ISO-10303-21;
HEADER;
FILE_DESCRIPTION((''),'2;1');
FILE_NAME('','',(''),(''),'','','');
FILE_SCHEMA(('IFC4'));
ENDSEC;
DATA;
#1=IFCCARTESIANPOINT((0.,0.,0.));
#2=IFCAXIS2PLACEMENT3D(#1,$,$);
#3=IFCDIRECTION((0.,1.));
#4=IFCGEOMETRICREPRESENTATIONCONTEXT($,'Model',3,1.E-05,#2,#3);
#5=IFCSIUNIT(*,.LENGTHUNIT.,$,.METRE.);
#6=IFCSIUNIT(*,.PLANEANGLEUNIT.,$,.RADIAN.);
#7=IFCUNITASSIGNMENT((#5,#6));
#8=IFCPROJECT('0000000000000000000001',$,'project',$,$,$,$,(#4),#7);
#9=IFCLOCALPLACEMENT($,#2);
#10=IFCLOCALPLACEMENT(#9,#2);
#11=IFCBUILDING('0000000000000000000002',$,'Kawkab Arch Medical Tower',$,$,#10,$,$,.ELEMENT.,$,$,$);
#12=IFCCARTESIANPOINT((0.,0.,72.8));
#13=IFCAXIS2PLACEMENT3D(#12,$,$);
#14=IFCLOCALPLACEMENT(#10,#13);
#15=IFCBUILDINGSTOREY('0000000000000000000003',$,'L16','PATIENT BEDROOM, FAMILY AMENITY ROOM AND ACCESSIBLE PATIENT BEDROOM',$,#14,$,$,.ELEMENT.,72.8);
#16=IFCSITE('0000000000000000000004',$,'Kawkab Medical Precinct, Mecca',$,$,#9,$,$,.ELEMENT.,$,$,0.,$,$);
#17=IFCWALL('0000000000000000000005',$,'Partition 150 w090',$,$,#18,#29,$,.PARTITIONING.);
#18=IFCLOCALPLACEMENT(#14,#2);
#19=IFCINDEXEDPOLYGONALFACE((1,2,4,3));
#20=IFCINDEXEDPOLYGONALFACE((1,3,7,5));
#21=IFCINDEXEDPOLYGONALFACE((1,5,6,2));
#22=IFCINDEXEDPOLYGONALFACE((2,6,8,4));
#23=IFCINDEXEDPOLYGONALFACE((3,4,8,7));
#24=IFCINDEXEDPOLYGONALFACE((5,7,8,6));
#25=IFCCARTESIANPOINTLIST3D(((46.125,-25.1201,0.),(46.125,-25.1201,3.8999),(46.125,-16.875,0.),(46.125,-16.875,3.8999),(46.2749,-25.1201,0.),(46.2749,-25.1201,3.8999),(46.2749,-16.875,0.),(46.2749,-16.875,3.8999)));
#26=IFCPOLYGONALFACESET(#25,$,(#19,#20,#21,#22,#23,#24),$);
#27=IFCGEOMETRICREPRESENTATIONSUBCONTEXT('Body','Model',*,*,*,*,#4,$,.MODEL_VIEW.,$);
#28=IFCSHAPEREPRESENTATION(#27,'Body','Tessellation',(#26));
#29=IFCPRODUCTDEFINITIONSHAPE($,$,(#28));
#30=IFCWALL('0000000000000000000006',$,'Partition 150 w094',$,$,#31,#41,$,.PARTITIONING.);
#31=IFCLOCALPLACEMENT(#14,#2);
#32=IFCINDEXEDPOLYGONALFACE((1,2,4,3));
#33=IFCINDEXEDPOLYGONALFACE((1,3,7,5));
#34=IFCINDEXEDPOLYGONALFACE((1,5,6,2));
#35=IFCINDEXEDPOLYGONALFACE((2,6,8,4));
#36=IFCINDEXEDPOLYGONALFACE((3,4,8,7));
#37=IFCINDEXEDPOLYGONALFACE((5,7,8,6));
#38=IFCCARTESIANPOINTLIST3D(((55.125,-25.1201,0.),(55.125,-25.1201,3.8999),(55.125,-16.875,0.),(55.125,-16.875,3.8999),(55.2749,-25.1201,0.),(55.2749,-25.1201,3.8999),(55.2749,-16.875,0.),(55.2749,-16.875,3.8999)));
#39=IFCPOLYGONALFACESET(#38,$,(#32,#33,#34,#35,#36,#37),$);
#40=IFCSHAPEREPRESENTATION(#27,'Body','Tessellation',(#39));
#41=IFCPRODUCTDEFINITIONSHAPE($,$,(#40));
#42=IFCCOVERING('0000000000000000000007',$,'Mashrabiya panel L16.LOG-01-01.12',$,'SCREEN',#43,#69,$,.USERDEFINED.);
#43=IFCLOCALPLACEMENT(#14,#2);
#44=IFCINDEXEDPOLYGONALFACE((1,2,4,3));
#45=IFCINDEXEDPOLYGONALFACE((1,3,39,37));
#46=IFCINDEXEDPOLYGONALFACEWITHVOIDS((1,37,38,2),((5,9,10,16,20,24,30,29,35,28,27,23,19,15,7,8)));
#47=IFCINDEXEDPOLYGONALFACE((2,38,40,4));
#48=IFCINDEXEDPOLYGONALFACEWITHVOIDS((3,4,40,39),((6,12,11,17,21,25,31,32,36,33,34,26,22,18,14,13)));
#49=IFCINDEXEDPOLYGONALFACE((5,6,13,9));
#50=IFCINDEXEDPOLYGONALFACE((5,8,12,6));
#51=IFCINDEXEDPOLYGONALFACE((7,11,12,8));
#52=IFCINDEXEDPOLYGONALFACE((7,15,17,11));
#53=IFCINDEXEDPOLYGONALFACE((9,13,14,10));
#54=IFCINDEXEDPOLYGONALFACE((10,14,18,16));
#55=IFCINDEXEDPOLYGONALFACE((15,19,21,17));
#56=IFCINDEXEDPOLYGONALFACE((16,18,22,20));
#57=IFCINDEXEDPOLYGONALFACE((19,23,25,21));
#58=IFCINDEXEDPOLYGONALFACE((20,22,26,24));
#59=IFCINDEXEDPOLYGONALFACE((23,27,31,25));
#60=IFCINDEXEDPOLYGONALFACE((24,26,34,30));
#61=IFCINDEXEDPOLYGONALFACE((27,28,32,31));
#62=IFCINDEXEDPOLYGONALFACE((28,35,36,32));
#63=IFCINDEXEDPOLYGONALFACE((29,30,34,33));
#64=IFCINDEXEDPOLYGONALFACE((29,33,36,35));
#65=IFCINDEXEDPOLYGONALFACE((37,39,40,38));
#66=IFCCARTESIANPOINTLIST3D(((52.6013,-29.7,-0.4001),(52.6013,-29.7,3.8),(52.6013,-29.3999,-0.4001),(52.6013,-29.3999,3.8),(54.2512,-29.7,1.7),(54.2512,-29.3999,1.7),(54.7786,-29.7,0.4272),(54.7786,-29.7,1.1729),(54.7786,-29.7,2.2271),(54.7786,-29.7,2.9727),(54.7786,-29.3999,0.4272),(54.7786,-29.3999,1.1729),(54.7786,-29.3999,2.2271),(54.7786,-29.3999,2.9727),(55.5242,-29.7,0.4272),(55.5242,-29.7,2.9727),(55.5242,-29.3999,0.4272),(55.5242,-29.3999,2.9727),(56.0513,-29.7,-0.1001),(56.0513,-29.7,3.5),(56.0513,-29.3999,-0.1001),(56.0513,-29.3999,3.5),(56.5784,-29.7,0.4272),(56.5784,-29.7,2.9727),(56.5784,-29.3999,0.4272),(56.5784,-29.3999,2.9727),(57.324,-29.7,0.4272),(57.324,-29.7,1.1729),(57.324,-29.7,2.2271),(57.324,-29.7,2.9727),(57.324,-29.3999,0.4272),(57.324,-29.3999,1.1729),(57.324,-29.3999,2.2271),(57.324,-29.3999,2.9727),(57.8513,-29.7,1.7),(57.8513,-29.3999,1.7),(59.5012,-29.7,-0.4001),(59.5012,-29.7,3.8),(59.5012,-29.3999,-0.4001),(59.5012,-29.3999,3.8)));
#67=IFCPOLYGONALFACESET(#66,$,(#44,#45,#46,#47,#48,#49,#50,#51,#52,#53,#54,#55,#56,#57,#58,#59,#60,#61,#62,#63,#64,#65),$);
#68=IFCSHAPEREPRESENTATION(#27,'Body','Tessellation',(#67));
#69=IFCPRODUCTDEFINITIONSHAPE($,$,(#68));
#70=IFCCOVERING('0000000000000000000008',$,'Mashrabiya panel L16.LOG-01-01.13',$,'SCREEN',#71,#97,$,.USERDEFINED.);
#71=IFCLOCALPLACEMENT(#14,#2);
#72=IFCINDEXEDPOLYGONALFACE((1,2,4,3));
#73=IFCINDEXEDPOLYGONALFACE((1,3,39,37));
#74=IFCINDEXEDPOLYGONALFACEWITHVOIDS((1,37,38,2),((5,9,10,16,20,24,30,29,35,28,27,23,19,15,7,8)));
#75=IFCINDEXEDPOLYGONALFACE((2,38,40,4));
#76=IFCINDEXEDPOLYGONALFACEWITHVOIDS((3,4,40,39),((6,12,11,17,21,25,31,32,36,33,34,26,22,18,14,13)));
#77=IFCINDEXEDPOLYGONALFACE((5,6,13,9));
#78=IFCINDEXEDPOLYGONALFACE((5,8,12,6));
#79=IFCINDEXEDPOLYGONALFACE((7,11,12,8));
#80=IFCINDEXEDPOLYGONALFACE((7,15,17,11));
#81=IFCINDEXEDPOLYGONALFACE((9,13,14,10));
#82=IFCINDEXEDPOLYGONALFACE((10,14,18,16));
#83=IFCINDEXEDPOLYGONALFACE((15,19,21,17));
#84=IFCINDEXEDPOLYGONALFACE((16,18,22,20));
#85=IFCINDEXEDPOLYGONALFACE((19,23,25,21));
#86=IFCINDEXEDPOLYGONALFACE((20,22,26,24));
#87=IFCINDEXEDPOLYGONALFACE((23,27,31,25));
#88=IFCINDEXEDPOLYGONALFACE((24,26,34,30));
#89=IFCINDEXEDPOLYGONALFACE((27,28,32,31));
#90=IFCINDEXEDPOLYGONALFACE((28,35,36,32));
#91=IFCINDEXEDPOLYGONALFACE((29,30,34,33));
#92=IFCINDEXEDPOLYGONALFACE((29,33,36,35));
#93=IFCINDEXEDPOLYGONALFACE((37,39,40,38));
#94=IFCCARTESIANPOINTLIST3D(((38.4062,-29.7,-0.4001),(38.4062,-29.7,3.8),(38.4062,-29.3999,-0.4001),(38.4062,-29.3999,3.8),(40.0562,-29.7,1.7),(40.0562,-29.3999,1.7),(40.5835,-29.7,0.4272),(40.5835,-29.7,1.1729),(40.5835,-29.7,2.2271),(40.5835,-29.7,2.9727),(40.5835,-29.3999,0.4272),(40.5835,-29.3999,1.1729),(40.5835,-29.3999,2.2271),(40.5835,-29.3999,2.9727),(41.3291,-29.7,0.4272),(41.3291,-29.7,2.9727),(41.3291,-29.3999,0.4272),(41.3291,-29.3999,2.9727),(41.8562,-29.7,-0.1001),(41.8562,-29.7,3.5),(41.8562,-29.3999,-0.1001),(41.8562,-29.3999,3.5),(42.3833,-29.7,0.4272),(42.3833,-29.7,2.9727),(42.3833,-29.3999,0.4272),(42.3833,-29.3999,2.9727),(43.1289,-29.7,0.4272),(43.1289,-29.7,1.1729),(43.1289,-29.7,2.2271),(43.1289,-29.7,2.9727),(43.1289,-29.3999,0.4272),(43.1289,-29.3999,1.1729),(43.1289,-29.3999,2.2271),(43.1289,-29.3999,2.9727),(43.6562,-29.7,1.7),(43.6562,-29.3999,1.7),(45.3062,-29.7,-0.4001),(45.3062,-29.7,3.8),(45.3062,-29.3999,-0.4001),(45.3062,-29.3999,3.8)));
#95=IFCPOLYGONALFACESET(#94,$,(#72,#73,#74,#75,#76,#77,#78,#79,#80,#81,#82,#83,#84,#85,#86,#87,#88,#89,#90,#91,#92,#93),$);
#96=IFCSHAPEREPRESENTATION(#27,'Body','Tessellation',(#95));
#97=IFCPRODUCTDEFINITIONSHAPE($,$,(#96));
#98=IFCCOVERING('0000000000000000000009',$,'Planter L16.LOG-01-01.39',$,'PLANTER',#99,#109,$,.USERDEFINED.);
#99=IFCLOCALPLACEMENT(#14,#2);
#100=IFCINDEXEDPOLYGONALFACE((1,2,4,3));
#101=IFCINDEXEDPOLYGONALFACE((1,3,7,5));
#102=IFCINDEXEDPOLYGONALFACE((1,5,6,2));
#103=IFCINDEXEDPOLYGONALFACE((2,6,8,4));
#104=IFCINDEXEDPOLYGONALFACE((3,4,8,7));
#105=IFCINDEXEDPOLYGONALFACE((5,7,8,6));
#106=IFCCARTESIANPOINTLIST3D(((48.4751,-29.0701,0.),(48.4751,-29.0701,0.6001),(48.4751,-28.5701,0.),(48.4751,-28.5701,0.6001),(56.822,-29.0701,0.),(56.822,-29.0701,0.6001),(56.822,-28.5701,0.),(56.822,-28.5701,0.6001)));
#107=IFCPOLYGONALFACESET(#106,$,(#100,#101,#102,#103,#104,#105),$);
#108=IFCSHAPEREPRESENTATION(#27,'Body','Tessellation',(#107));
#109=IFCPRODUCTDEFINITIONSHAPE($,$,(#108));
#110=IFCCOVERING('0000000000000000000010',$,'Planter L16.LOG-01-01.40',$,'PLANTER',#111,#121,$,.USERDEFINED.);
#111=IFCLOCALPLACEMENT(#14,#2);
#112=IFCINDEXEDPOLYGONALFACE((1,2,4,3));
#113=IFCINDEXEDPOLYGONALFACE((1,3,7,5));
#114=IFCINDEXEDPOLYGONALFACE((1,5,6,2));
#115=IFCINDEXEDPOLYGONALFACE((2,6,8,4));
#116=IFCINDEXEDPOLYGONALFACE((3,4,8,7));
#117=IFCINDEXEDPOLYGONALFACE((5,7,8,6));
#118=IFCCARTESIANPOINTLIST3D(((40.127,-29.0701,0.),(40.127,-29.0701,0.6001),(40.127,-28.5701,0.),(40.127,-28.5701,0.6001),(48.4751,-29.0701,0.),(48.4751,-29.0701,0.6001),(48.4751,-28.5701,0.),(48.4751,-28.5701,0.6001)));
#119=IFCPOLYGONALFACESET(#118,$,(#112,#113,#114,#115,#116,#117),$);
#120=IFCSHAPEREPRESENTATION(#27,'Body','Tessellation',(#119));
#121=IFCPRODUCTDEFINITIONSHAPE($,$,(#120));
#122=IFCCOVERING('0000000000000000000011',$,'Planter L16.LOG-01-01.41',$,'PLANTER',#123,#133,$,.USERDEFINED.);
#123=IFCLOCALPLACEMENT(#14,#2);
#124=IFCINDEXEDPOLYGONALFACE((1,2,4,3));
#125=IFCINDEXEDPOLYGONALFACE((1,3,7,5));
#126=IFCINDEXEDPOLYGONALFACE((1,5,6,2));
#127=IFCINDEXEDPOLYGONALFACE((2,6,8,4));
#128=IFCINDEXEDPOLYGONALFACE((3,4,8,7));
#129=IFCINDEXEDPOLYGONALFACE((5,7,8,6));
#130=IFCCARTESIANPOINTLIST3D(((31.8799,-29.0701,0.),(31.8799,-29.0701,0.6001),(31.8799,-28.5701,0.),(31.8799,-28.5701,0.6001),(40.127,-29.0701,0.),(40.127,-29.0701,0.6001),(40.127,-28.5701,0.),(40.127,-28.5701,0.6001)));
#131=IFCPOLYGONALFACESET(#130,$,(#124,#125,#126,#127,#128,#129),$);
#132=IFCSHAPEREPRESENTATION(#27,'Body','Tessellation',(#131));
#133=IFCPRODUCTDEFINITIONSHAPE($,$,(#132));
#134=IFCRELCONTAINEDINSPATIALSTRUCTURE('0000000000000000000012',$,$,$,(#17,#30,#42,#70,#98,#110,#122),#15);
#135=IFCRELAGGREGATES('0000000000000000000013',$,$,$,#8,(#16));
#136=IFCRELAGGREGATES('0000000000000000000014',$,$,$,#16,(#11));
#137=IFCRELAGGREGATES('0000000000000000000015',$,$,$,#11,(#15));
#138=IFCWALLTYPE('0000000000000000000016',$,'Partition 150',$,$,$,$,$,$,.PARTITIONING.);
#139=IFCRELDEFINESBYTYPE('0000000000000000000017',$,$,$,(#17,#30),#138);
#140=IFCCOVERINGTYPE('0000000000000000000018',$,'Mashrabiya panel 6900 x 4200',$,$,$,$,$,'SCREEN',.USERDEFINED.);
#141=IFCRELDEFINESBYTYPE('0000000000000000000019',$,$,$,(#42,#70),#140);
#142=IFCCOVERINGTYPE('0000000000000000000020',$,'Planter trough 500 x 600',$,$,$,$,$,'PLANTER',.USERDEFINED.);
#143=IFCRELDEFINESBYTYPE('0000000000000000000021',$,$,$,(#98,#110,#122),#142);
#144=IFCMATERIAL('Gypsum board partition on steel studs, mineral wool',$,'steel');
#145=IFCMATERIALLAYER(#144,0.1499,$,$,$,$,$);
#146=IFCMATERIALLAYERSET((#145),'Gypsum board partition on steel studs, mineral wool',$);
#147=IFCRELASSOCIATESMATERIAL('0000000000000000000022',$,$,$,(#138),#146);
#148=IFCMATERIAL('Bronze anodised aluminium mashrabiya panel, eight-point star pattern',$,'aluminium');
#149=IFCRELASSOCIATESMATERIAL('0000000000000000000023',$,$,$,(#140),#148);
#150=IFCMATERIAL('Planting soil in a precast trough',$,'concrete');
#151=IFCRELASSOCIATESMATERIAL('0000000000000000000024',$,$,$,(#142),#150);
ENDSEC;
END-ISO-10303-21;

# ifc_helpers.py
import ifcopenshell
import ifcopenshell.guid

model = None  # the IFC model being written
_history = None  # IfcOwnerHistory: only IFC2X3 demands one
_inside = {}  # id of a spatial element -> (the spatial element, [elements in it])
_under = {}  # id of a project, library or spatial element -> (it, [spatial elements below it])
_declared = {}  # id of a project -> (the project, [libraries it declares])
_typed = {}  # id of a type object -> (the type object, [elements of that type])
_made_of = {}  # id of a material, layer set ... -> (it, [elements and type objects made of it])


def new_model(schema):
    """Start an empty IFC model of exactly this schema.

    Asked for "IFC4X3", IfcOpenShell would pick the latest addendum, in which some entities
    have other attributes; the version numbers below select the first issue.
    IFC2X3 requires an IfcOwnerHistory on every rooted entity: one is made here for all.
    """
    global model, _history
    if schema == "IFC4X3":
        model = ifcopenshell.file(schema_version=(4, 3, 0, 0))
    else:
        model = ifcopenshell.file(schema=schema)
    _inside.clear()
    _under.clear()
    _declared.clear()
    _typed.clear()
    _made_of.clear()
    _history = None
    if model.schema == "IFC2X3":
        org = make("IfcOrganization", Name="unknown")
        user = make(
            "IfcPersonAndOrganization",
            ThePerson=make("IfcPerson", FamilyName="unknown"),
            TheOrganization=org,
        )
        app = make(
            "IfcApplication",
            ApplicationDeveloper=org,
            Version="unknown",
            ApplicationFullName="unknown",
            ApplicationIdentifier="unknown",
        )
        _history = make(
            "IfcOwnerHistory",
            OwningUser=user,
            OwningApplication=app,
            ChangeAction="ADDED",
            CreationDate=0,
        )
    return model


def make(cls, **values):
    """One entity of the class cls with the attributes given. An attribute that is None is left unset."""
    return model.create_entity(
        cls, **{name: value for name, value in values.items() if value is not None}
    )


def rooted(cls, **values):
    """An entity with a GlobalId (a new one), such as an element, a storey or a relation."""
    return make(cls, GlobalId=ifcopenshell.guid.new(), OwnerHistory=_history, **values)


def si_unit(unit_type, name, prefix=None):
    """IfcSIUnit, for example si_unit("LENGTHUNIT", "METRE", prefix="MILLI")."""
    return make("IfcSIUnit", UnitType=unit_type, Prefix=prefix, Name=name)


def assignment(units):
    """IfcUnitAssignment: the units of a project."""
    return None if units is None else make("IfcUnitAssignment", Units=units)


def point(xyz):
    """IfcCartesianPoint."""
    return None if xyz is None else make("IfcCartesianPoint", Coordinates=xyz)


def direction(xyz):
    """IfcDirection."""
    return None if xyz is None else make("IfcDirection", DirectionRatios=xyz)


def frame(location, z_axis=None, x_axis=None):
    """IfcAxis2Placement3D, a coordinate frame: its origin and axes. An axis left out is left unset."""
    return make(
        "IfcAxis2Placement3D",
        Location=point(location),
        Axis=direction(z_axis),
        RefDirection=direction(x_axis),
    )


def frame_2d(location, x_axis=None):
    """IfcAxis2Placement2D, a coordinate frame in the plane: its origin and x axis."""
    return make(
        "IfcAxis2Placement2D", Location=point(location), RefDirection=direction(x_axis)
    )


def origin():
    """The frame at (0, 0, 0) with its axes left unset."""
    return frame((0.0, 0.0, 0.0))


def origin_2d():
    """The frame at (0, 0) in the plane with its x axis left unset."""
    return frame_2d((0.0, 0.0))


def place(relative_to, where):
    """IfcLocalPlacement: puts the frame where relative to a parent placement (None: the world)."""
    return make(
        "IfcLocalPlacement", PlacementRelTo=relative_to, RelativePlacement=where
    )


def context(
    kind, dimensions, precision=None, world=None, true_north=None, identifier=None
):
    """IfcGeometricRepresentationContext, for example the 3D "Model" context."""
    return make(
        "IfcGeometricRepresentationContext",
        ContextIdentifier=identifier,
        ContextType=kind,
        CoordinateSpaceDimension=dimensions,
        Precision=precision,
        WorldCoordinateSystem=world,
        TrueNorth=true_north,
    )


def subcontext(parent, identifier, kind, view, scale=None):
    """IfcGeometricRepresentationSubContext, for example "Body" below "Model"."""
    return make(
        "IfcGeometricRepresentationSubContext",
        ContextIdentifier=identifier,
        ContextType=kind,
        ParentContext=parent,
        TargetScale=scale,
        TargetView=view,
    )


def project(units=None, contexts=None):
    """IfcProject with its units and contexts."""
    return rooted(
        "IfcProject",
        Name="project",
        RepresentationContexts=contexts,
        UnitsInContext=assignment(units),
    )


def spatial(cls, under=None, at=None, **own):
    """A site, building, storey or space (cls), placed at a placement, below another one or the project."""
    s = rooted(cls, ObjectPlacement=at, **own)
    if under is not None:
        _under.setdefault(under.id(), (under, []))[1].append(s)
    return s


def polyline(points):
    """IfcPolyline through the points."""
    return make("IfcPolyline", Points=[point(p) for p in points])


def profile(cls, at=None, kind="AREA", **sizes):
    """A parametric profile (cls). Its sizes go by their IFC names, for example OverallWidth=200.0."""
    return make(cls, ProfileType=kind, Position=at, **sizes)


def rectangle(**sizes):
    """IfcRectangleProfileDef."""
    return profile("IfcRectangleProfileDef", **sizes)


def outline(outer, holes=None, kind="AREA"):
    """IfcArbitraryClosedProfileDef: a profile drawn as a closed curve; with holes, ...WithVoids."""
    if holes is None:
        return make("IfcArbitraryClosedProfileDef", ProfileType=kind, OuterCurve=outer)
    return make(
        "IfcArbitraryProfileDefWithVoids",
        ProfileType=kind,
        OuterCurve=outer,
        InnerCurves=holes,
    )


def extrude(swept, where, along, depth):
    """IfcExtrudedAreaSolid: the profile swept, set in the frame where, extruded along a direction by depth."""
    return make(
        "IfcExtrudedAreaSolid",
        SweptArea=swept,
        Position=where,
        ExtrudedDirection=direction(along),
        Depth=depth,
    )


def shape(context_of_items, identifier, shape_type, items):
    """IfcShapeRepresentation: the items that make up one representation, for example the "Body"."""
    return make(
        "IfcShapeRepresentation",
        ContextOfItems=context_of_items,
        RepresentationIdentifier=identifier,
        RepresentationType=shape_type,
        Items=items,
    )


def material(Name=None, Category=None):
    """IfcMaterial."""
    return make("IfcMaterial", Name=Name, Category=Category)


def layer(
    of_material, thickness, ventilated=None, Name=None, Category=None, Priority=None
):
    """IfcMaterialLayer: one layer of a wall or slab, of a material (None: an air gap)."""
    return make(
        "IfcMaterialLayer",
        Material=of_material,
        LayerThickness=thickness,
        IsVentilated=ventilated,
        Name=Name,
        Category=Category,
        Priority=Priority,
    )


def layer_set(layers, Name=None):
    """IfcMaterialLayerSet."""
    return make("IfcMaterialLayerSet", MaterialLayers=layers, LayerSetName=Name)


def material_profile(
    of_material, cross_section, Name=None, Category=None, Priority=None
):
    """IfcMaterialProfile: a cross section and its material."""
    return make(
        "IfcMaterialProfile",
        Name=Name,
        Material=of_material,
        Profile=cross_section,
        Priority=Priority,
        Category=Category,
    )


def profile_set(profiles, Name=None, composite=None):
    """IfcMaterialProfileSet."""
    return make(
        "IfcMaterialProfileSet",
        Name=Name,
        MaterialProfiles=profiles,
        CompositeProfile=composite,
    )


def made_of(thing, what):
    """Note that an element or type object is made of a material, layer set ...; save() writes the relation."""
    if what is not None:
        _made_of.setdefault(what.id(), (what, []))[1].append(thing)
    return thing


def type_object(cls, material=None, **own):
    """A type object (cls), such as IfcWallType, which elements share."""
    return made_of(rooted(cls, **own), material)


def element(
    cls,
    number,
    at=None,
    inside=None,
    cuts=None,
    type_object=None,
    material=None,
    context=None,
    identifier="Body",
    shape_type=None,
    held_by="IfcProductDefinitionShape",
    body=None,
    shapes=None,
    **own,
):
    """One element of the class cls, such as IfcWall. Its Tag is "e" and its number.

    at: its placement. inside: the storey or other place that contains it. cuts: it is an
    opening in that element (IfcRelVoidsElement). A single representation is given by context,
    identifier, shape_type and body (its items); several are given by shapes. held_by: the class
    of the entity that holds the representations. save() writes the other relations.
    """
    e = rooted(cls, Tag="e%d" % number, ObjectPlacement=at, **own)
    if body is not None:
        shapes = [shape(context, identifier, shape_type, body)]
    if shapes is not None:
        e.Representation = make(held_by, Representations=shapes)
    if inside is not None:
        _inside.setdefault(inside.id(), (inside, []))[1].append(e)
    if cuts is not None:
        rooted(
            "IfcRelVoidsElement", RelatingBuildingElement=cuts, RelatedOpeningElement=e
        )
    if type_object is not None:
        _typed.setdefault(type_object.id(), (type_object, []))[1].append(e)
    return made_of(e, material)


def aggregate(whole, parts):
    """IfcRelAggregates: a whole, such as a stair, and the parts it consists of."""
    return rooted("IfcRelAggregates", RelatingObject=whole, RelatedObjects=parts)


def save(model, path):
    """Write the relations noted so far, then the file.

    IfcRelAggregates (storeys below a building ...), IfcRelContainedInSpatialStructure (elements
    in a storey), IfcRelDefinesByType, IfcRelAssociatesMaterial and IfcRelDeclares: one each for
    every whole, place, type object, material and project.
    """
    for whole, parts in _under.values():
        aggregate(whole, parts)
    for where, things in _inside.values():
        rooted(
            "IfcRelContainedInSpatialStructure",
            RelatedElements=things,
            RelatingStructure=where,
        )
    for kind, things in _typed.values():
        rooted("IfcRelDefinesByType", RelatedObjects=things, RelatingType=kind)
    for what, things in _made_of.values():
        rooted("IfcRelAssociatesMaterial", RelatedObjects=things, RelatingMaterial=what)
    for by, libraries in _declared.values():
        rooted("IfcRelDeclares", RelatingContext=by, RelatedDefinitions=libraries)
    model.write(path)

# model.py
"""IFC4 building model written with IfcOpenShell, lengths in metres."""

from ifc_helpers import new_model, si_unit, direction, frame, frame_2d, origin, origin_2d, place, context, subcontext, project, spatial, polyline, rectangle, outline, extrude, material, layer, layer_set, material_profile, profile_set, type_object, element, save


model = new_model("IFC4")

# Units and contexts
model_context = context("Model", 3, precision=1e-05, world=origin(), true_north=direction((0.0, 1.0)))
body_context = subcontext(model_context, "Body", "Model", "MODEL_VIEW")
ifc_project = project(units=[si_unit("LENGTHUNIT", "METRE"), si_unit("PLANEANGLEUNIT", "RADIAN")], contexts=[model_context])

# Site, building, storey
site_placement = place(None, origin())
site = spatial("IfcSite", under=ifc_project, at=site_placement, Name="Kawkab Medical Precinct, Mecca", CompositionType="ELEMENT", RefElevation=0.0)
building_placement = place(site_placement, origin())
building = spatial("IfcBuilding", under=site, at=building_placement, Name="Kawkab Arch Medical Tower", CompositionType="ELEMENT")
storey_placement = place(building_placement, frame((0.0, 0.0, 72.8)))
storey = spatial("IfcBuildingStorey", under=building, at=storey_placement, Name="L16", Description="PATIENT BEDROOM, FAMILY AMENITY ROOM AND ACCESSIBLE PATIENT BEDROOM", CompositionType="ELEMENT", Elevation=72.8)

# Walls
ifc_material_1 = material(Name="Gypsum board partition on steel studs, mineral wool", Category="steel")
ifc_layer_1 = layer(ifc_material_1, 0.1499)
ifc_layer_set_1 = layer_set([ifc_layer_1], Name="Gypsum board partition on steel studs, mineral wool")
wall_type_1 = type_object("IfcWallType", Name="Partition 150", PredefinedType="PARTITIONING", material=ifc_layer_set_1)
for number, where, z_axis, x_axis, name in (
    (1, (46.2, -25.1201, 0.0), (0.0, 0.0, 1.0), (0.0, 1.0, 0.0), "Partition 150 w090"),
    (2, (55.2, -25.1201, 0.0), (0.0, 0.0, 1.0), (0.0, 1.0, 0.0), "Partition 150 w094"),
):
    element("IfcWall", number, at=place(storey_placement, frame(where, z_axis=z_axis, x_axis=x_axis)), inside=storey, type_object=wall_type_1, Name=name, PredefinedType="PARTITIONING", context=body_context, shape_type="SweptSolid", body=[
        extrude(rectangle(XDim=8.2451, YDim=0.1499, at=frame_2d((4.1226, 0.0))), origin(), (0.0, 0.0, 1.0), 3.8999),
    ])

# Coverings
ifc_material_2 = material(Name="Bronze anodised aluminium mashrabiya panel, eight-point star pattern", Category="aluminium")
ifc_material_profile_1 = material_profile(ifc_material_2, outline(polyline([(-3.45, -2.1001), (3.45, -2.1001), (3.45, 2.1001), (-3.45, 2.1001), (-3.45, -2.1001)]), holes=[polyline([(1.8, 0.0), (1.2727, 0.5271), (1.2727, 1.2727), (0.5271, 1.2727), (0.0, 1.8), (-0.5271, 1.2727), (-1.2727, 1.2727), (-1.2727, 0.5271), (-1.8, 0.0), (-1.2727, -0.5271), (-1.2727, -1.2727), (-0.5271, -1.2727), (0.0, -1.8), (0.5271, -1.2727), (1.2727, -1.2727), (1.2727, -0.5271), (1.8, 0.0)])]), Name="Mashrabiya panel 6900x4200")
ifc_profile_set_1 = profile_set([ifc_material_profile_1], Name="Bronze anodised aluminium mashrabiya panel, eight-point star pattern")
covering_type_1 = type_object("IfcCoveringType", Name="Mashrabiya panel 6900 x 4200", ElementType="SCREEN", PredefinedType="USERDEFINED", material=ifc_profile_set_1)
for number, where, z_axis, x_axis, name in (
    (3, (56.0513, -29.3999, 1.7), (0.0, -1.0, 0.0), (1.0, 0.0, 0.0), "Mashrabiya panel L16.LOG-01-01.12"),
    (4, (41.8562, -29.3999, 1.7), (0.0, -1.0, 0.0), (1.0, 0.0, 0.0), "Mashrabiya panel L16.LOG-01-01.13"),
):
    element("IfcCovering", number, at=place(storey_placement, frame(where, z_axis=z_axis, x_axis=x_axis)), inside=storey, type_object=covering_type_1, Name=name, ObjectType="SCREEN", PredefinedType="USERDEFINED", context=body_context, shape_type="SweptSolid", body=[
        extrude(outline(polyline([(-3.45, -2.1001), (3.45, -2.1001), (3.45, 2.1001), (-3.45, 2.1001), (-3.45, -2.1001)]), holes=[polyline([(1.8, 0.0), (1.2727, 0.5271), (1.2727, 1.2727), (0.5271, 1.2727), (0.0, 1.8), (-0.5271, 1.2727), (-1.2727, 1.2727), (-1.2727, 0.5271), (-1.8, 0.0), (-1.2727, -0.5271), (-1.2727, -1.2727), (-0.5271, -1.2727), (0.0, -1.8), (0.5271, -1.2727), (1.2727, -1.2727), (1.2727, -0.5271), (1.8, 0.0)])]), origin(), (0.0, 0.0, 1.0), 0.3),
    ])
ifc_material_3 = material(Name="Planting soil in a precast trough", Category="concrete")
ifc_material_profile_2 = material_profile(ifc_material_3, rectangle(XDim=0.5, YDim=0.6001, at=origin_2d()), Name="Trough 500x600")
ifc_profile_set_2 = profile_set([ifc_material_profile_2], Name="Planting soil in a precast trough")
covering_type_2 = type_object("IfcCoveringType", Name="Planter trough 500 x 600", ElementType="PLANTER", PredefinedType="USERDEFINED", material=ifc_profile_set_2)
covering_1_placement = place(storey_placement, frame((56.822, -28.8201, 0.3), z_axis=(-1.0, 0.0, 0.0), x_axis=(0.0, -1.0, 0.0)))
element("IfcCovering", 5, at=covering_1_placement, inside=storey, type_object=covering_type_2, Name="Planter L16.LOG-01-01.39", ObjectType="PLANTER", PredefinedType="USERDEFINED", context=body_context, shape_type="SweptSolid", body=[
    extrude(rectangle(XDim=0.5, YDim=0.6001, at=origin_2d()), origin(), (0.0, 0.0, 1.0), 8.3469),
])
covering_2_placement = place(storey_placement, frame((48.4751, -28.8201, 0.3), z_axis=(-1.0, 0.0, 0.0), x_axis=(0.0, -1.0, 0.0)))
element("IfcCovering", 6, at=covering_2_placement, inside=storey, type_object=covering_type_2, Name="Planter L16.LOG-01-01.40", ObjectType="PLANTER", PredefinedType="USERDEFINED", context=body_context, shape_type="SweptSolid", body=[
    extrude(rectangle(XDim=0.5, YDim=0.6001, at=origin_2d()), origin(), (0.0, 0.0, 1.0), 8.3481),
])
covering_3_placement = place(storey_placement, frame((40.127, -28.8201, 0.3), z_axis=(-1.0, 0.0, 0.0), x_axis=(0.0, -1.0, 0.0)))
element("IfcCovering", 7, at=covering_3_placement, inside=storey, type_object=covering_type_2, Name="Planter L16.LOG-01-01.41", ObjectType="PLANTER", PredefinedType="USERDEFINED", context=body_context, shape_type="SweptSolid", body=[
    extrude(rectangle(XDim=0.5, YDim=0.6001, at=origin_2d()), origin(), (0.0, 0.0, 1.0), 8.2471),
])

save(model, "model.ifc")
